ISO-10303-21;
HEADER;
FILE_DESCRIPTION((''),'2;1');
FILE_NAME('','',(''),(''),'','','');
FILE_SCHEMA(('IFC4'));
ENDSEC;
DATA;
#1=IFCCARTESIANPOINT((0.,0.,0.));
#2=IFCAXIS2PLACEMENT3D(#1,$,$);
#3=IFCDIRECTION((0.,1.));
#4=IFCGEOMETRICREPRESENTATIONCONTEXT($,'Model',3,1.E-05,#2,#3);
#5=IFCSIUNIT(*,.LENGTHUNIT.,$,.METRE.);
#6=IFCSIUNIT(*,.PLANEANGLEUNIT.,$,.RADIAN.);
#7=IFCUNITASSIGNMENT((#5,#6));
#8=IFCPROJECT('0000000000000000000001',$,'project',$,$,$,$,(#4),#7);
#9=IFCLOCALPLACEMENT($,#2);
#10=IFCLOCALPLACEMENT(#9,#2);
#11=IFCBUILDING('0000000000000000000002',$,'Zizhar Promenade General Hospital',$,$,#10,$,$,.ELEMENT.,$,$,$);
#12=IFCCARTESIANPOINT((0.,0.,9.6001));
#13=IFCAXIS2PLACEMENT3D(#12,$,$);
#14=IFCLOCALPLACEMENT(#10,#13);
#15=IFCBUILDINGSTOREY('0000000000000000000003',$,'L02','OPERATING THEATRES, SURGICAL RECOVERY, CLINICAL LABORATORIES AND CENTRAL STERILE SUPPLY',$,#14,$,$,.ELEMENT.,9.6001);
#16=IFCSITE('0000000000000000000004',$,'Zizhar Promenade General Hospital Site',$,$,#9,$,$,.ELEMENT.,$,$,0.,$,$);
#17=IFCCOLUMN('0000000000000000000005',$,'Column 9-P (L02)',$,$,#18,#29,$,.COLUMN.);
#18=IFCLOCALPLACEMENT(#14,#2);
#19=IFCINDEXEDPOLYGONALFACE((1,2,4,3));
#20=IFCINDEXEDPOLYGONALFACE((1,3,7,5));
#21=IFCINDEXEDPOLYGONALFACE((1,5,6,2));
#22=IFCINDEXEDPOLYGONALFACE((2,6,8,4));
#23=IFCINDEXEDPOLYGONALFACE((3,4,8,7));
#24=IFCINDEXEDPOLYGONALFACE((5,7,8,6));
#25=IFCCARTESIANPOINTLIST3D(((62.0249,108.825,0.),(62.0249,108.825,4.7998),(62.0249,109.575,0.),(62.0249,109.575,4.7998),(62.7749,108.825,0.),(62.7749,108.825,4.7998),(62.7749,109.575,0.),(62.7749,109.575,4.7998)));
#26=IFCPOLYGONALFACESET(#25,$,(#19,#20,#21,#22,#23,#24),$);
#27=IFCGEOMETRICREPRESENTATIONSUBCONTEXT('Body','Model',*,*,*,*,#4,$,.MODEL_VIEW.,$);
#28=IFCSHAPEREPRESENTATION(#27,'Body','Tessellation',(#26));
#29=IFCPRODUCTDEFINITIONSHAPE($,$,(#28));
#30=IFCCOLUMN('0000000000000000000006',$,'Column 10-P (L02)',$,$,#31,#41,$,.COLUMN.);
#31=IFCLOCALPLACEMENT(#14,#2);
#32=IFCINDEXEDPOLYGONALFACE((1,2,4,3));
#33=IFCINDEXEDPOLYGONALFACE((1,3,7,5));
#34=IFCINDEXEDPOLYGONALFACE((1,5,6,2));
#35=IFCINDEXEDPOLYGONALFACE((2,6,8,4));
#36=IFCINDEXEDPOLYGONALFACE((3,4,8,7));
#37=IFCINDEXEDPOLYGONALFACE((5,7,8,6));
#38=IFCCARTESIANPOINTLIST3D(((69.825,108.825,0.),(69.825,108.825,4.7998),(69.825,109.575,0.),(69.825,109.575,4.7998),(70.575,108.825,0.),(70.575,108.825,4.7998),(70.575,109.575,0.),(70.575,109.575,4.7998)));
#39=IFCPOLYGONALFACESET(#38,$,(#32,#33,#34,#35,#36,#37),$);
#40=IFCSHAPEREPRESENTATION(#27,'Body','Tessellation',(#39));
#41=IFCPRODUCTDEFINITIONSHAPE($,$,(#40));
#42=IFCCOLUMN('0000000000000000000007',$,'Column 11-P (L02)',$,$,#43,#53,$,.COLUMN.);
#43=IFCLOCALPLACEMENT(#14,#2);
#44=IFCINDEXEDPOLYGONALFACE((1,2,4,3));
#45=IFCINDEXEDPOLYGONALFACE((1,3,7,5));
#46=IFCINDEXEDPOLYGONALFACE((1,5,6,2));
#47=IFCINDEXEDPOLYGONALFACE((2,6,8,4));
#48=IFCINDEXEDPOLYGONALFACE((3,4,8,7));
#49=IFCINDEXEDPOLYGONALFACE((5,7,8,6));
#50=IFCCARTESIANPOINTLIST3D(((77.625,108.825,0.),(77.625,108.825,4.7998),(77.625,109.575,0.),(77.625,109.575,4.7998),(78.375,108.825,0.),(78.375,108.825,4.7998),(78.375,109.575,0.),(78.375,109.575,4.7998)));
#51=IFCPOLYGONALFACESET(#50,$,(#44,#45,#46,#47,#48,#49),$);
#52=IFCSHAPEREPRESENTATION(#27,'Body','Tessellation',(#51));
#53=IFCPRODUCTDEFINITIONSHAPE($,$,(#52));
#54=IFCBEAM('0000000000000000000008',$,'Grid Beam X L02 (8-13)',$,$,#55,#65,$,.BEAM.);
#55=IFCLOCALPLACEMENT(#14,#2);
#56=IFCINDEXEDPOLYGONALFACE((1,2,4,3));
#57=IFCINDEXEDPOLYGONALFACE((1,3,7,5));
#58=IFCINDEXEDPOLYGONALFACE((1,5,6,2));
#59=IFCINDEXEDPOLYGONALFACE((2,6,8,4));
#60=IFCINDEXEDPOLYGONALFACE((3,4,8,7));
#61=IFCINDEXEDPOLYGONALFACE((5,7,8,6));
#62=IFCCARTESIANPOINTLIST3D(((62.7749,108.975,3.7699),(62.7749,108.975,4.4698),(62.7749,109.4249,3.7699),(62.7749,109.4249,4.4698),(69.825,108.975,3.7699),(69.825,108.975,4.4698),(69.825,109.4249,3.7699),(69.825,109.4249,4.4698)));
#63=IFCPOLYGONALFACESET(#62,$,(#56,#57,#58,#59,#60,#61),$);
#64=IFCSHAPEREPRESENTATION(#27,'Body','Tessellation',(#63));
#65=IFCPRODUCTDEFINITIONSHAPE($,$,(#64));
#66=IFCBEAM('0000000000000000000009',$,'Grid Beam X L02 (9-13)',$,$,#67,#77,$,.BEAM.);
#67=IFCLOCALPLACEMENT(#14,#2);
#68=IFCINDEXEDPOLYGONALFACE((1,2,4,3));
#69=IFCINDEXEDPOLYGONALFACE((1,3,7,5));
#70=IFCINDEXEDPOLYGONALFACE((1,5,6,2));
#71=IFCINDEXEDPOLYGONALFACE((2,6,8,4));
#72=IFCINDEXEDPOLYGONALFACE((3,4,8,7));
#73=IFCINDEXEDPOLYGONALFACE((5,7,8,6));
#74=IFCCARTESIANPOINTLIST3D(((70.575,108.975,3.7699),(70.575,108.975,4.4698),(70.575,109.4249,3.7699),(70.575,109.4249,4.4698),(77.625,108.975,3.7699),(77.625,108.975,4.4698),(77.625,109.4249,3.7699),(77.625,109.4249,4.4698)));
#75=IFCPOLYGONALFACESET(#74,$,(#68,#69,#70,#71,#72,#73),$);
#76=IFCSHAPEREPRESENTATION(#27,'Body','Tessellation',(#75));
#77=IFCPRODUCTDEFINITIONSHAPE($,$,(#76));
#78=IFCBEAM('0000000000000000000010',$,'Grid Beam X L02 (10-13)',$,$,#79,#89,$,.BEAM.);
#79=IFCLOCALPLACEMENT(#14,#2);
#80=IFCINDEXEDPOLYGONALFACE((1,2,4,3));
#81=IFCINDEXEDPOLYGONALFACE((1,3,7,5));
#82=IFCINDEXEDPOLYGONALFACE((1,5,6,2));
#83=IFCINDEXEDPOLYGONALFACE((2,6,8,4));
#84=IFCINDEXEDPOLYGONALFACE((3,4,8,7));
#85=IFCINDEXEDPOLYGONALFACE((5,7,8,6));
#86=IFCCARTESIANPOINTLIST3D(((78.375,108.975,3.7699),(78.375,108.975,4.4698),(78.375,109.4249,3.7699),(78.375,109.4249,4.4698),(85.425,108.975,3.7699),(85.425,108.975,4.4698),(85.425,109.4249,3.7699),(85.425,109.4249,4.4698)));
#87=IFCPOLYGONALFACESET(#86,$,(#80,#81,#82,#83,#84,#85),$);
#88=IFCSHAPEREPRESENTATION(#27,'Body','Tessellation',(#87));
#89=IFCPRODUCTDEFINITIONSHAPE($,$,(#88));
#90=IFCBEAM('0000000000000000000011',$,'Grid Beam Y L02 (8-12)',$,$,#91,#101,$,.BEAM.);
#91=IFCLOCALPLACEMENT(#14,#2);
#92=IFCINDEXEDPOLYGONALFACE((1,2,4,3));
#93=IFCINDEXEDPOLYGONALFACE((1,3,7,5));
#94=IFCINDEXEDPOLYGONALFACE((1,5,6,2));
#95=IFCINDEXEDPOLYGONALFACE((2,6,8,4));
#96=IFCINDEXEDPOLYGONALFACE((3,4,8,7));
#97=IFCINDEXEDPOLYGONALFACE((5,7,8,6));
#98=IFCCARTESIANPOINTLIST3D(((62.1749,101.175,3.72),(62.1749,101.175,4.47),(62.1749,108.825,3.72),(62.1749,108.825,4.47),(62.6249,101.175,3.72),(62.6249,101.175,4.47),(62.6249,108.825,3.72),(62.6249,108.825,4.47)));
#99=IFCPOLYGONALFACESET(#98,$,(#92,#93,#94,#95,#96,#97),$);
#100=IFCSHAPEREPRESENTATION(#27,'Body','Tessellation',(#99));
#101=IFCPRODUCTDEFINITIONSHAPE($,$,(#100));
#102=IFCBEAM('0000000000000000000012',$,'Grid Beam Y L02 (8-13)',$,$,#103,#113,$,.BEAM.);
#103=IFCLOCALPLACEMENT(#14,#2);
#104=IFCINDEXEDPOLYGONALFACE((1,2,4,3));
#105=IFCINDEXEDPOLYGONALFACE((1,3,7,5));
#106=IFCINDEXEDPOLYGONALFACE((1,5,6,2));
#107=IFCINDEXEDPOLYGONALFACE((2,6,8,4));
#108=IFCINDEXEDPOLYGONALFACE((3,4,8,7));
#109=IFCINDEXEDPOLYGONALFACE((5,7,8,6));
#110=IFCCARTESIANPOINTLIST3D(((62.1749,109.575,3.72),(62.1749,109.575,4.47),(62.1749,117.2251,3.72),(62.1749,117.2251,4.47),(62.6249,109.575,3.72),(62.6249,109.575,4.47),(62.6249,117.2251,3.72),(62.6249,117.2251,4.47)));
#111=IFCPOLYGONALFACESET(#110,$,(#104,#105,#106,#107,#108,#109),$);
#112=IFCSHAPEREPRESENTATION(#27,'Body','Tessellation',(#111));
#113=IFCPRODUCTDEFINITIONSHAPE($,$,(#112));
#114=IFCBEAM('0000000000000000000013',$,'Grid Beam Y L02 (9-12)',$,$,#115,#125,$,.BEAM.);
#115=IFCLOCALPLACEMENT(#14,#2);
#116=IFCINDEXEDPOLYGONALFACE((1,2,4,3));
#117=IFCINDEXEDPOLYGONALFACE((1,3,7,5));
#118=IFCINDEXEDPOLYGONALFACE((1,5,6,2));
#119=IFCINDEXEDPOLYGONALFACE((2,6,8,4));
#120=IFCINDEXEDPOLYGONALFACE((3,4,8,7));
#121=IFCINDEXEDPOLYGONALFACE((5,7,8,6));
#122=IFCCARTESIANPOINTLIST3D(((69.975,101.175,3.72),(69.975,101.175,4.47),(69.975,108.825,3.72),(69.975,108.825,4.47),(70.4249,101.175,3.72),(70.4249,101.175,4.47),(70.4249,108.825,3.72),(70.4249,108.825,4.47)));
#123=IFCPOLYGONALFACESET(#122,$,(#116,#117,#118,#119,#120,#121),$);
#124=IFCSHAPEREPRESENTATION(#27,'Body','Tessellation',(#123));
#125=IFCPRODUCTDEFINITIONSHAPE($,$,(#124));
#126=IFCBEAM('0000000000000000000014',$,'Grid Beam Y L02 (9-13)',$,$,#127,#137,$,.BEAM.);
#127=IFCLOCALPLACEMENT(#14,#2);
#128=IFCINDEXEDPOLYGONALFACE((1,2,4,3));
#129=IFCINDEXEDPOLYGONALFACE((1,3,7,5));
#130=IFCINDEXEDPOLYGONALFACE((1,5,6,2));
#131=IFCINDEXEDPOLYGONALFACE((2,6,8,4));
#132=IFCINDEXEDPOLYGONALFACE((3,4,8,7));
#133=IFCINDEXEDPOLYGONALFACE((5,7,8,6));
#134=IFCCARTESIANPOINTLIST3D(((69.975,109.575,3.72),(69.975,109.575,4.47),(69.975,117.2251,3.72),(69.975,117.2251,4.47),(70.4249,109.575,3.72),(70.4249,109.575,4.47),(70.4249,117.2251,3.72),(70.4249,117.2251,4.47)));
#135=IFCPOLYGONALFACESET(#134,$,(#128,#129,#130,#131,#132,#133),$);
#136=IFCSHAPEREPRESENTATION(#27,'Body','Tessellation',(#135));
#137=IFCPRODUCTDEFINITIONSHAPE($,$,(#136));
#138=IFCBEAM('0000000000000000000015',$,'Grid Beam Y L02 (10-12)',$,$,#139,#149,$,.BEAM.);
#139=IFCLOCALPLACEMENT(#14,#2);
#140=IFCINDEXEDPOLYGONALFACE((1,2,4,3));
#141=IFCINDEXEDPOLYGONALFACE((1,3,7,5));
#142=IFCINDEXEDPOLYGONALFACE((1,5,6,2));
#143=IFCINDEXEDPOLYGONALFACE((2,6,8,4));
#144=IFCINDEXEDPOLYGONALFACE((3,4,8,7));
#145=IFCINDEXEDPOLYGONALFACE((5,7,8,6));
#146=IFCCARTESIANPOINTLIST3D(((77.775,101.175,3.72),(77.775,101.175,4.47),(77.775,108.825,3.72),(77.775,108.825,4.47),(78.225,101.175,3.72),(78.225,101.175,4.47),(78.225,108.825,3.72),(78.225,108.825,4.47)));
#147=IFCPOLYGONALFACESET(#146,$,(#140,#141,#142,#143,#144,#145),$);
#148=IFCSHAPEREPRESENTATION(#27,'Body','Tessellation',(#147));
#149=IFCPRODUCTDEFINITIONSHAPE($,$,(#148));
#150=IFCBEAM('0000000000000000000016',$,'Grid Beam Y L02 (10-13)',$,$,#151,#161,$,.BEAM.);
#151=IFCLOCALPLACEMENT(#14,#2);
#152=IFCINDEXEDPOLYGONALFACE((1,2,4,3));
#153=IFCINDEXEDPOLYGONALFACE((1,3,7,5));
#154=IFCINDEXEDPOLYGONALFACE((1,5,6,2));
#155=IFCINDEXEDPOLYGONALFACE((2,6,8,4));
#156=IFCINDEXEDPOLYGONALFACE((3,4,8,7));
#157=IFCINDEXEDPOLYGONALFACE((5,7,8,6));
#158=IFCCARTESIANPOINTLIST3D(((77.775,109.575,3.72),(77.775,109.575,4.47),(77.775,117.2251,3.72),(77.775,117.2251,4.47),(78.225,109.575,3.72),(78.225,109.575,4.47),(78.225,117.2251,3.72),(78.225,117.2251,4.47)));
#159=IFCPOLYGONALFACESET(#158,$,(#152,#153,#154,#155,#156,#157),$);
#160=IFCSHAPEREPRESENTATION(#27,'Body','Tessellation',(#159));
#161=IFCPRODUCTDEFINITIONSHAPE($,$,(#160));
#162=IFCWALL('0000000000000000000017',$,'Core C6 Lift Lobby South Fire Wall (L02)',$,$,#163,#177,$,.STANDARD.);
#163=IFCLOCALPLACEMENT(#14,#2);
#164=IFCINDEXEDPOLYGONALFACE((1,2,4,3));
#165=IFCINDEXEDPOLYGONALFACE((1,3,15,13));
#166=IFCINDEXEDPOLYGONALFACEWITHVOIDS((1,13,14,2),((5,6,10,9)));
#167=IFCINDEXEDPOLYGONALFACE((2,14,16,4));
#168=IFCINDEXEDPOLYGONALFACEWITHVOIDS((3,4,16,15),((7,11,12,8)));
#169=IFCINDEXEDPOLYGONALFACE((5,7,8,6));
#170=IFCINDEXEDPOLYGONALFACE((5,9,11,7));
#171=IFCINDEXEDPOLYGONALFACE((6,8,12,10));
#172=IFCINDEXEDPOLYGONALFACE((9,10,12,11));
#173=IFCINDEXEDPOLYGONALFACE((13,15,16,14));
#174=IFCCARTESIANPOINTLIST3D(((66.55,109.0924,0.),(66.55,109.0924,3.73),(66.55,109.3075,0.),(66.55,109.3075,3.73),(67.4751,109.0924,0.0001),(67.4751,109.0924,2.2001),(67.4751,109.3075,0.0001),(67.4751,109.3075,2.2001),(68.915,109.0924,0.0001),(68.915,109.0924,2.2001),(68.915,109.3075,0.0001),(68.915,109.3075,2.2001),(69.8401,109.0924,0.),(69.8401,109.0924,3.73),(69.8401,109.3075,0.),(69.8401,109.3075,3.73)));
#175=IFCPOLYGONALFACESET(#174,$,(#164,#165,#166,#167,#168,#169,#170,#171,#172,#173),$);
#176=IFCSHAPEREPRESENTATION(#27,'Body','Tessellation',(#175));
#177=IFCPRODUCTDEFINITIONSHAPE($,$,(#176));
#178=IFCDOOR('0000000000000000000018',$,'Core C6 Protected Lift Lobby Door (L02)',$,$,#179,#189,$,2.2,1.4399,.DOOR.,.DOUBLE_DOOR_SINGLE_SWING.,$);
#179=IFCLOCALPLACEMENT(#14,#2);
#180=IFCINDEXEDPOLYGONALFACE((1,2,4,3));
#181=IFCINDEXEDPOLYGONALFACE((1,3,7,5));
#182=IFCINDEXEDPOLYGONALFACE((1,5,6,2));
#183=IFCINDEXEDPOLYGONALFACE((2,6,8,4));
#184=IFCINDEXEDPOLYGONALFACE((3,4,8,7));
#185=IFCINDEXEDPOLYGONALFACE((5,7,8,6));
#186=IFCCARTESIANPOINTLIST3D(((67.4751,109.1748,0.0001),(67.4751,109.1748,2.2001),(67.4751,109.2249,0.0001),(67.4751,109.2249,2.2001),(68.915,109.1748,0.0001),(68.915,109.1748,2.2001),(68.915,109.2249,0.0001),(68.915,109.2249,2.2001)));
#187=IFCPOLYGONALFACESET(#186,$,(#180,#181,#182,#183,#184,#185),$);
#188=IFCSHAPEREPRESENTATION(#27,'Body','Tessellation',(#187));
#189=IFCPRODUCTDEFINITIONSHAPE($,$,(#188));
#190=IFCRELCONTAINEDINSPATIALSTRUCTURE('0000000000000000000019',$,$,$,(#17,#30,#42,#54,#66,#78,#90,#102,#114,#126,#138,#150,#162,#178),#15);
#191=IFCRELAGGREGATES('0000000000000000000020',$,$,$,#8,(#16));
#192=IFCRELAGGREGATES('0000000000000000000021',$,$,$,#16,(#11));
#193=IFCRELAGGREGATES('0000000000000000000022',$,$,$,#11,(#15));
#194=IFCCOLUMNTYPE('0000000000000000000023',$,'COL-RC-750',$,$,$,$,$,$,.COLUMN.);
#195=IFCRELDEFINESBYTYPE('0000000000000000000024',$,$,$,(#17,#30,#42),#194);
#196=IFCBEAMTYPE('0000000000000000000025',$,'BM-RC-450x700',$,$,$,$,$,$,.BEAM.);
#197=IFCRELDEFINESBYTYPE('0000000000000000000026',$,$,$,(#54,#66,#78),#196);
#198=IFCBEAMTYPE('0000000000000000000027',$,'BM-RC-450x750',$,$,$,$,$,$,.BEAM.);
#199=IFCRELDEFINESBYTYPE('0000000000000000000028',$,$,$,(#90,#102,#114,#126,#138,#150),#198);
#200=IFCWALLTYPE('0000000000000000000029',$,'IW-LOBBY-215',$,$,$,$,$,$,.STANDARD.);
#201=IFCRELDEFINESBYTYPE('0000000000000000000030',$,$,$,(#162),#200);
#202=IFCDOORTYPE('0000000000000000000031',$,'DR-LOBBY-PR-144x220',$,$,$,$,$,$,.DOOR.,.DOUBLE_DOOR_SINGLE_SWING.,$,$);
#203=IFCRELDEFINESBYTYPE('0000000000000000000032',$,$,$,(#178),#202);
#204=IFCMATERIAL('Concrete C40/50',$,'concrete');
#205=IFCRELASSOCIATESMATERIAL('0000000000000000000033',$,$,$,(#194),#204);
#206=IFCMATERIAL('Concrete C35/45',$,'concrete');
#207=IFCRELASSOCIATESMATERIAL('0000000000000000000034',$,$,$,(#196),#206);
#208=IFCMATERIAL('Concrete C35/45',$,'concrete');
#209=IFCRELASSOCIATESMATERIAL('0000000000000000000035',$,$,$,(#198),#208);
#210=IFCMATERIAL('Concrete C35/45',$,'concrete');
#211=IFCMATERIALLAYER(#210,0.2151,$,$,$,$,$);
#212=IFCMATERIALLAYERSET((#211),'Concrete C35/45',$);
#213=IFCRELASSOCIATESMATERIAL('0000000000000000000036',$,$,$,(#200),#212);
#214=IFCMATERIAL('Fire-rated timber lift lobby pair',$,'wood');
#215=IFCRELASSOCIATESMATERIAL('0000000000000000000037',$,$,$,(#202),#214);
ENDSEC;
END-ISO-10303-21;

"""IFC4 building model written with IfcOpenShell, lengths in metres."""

from ifc_helpers import new_model, si_unit, direction, frame, frame_2d, origin, origin_2d, place, context, subcontext, project, spatial, rectangle, extrude, material, layer, layer_set, material_profile, profile_set, type_object, element, fill, save


model = new_model("IFC4")

# Units and contexts
model_context = context("Model", 3, precision=1e-05, world=origin(), true_north=direction((0.0, 1.0)))
body_context = subcontext(model_context, "Body", "Model", "MODEL_VIEW")
ifc_project = project(units=[si_unit("LENGTHUNIT", "METRE"), si_unit("PLANEANGLEUNIT", "RADIAN")], contexts=[model_context])

# Site, building, storey
site_placement = place(None, origin())
site = spatial("IfcSite", under=ifc_project, at=site_placement, Name="Zizhar Promenade General Hospital Site", CompositionType="ELEMENT", RefElevation=0.0)
building_placement = place(site_placement, origin())
building = spatial("IfcBuilding", under=site, at=building_placement, Name="Zizhar Promenade General Hospital", CompositionType="ELEMENT")
storey_placement = place(building_placement, frame((0.0, 0.0, 9.6001)))
storey = spatial("IfcBuildingStorey", under=building, at=storey_placement, Name="L02", Description="OPERATING THEATRES, SURGICAL RECOVERY, CLINICAL LABORATORIES AND CENTRAL STERILE SUPPLY", CompositionType="ELEMENT", Elevation=9.6001)

# Columns
ifc_material_1 = material(Name="Concrete C40/50", Category="concrete")
ifc_material_profile_1 = material_profile(ifc_material_1, rectangle(XDim=0.75, YDim=0.75, at=origin_2d()))
ifc_profile_set_1 = profile_set([ifc_material_profile_1], Name="Concrete C40/50")
column_type = type_object("IfcColumnType", Name="COL-RC-750", PredefinedType="COLUMN", material=ifc_profile_set_1)
for number, where, z_axis, x_axis, name in (
    (1, (62.3999, 109.2, 0.0), (0.0, 0.0, 1.0), (1.0, 0.0, 0.0), "Column 9-P (L02)"),
    (2, (70.2, 109.2, 0.0), (0.0, 0.0, 1.0), (1.0, 0.0, 0.0), "Column 10-P (L02)"),
    (3, (78.0, 109.2, 0.0), (0.0, 0.0, 1.0), (1.0, 0.0, 0.0), "Column 11-P (L02)"),
):
    element("IfcColumn", number, at=place(storey_placement, frame(where, z_axis=z_axis, x_axis=x_axis)), inside=storey, type_object=column_type, Name=name, PredefinedType="COLUMN", context=body_context, shape_type="SweptSolid", body=[
        extrude(rectangle(XDim=0.75, YDim=0.75, at=origin_2d()), origin(), (0.0, 0.0, 1.0), 4.7998),
    ])

# Beams
ifc_material_2 = material(Name="Concrete C35/45", Category="concrete")
ifc_material_profile_2 = material_profile(ifc_material_2, rectangle(XDim=0.45, YDim=0.7, at=origin_2d()))
ifc_profile_set_2 = profile_set([ifc_material_profile_2], Name="Concrete C35/45")
beam_type_1 = type_object("IfcBeamType", Name="BM-RC-450x700", PredefinedType="BEAM", material=ifc_profile_set_2)
for number, where, z_axis, x_axis, name in (
    (4, (62.7749, 109.2, 4.1199), (1.0, 0.0, 0.0), (0.0, 1.0, 0.0), "Grid Beam X L02 (8-13)"),
    (5, (70.575, 109.2, 4.1199), (1.0, 0.0, 0.0), (0.0, 1.0, 0.0), "Grid Beam X L02 (9-13)"),
    (6, (78.375, 109.2, 4.1199), (1.0, 0.0, 0.0), (0.0, 1.0, 0.0), "Grid Beam X L02 (10-13)"),
):
    element("IfcBeam", number, at=place(storey_placement, frame(where, z_axis=z_axis, x_axis=x_axis)), inside=storey, type_object=beam_type_1, Name=name, PredefinedType="BEAM", context=body_context, shape_type="SweptSolid", body=[
        extrude(rectangle(XDim=0.45, YDim=0.7, at=origin_2d()), origin(), (0.0, 0.0, 1.0), 7.05),
    ])
ifc_material_3 = material(Name="Concrete C35/45", Category="concrete")
ifc_material_profile_3 = material_profile(ifc_material_3, rectangle(XDim=0.45, YDim=0.75, at=origin_2d()))
ifc_profile_set_3 = profile_set([ifc_material_profile_3], Name="Concrete C35/45")
beam_type_2 = type_object("IfcBeamType", Name="BM-RC-450x750", PredefinedType="BEAM", material=ifc_profile_set_3)
beam_1_placement = place(storey_placement, frame((62.3999, 101.175, 4.095), z_axis=(0.0, 1.0, 0.0), x_axis=(-1.0, 0.0, 0.0)))
element("IfcBeam", 7, at=beam_1_placement, inside=storey, type_object=beam_type_2, Name="Grid Beam Y L02 (8-12)", PredefinedType="BEAM", context=body_context, shape_type="SweptSolid", body=[
    extrude(rectangle(XDim=0.45, YDim=0.75, at=origin_2d()), origin(), (0.0, 0.0, 1.0), 7.6499),
])
beam_2_placement = place(storey_placement, frame((62.3999, 109.575, 4.095), z_axis=(0.0, 1.0, 0.0), x_axis=(-1.0, 0.0, 0.0)))
element("IfcBeam", 8, at=beam_2_placement, inside=storey, type_object=beam_type_2, Name="Grid Beam Y L02 (8-13)", PredefinedType="BEAM", context=body_context, shape_type="SweptSolid", body=[
    extrude(rectangle(XDim=0.45, YDim=0.75, at=origin_2d()), origin(), (0.0, 0.0, 1.0), 7.6501),
])
beam_3_placement = place(storey_placement, frame((70.2, 101.175, 4.095), z_axis=(0.0, 1.0, 0.0), x_axis=(-1.0, 0.0, 0.0)))
element("IfcBeam", 9, at=beam_3_placement, inside=storey, type_object=beam_type_2, Name="Grid Beam Y L02 (9-12)", PredefinedType="BEAM", context=body_context, shape_type="SweptSolid", body=[
    extrude(rectangle(XDim=0.45, YDim=0.75, at=origin_2d()), origin(), (0.0, 0.0, 1.0), 7.6499),
])
beam_4_placement = place(storey_placement, frame((70.2, 109.575, 4.095), z_axis=(0.0, 1.0, 0.0), x_axis=(-1.0, 0.0, 0.0)))
element("IfcBeam", 10, at=beam_4_placement, inside=storey, type_object=beam_type_2, Name="Grid Beam Y L02 (9-13)", PredefinedType="BEAM", context=body_context, shape_type="SweptSolid", body=[
    extrude(rectangle(XDim=0.45, YDim=0.75, at=origin_2d()), origin(), (0.0, 0.0, 1.0), 7.6501),
])
beam_5_placement = place(storey_placement, frame((78.0, 101.175, 4.095), z_axis=(0.0, 1.0, 0.0), x_axis=(-1.0, 0.0, 0.0)))
element("IfcBeam", 11, at=beam_5_placement, inside=storey, type_object=beam_type_2, Name="Grid Beam Y L02 (10-12)", PredefinedType="BEAM", context=body_context, shape_type="SweptSolid", body=[
    extrude(rectangle(XDim=0.45, YDim=0.75, at=origin_2d()), origin(), (0.0, 0.0, 1.0), 7.6499),
])
beam_6_placement = place(storey_placement, frame((78.0, 109.575, 4.095), z_axis=(0.0, 1.0, 0.0), x_axis=(-1.0, 0.0, 0.0)))
element("IfcBeam", 12, at=beam_6_placement, inside=storey, type_object=beam_type_2, Name="Grid Beam Y L02 (10-13)", PredefinedType="BEAM", context=body_context, shape_type="SweptSolid", body=[
    extrude(rectangle(XDim=0.45, YDim=0.75, at=origin_2d()), origin(), (0.0, 0.0, 1.0), 7.6501),
])

# Wall, opening, door
ifc_material_4 = material(Name="Concrete C35/45", Category="concrete")
ifc_layer_1 = layer(ifc_material_4, 0.2151)
ifc_layer_set_1 = layer_set([ifc_layer_1], Name="Concrete C35/45")
wall_type_1 = type_object("IfcWallType", Name="IW-LOBBY-215", PredefinedType="STANDARD", material=ifc_layer_set_1)
wall_1_placement = place(storey_placement, frame((66.55, 109.2, 0.0), z_axis=(0.0, 0.0, 1.0), x_axis=(1.0, 0.0, 0.0)))
wall_1 = element("IfcWall", 13, at=wall_1_placement, inside=storey, type_object=wall_type_1, Name="Core C6 Lift Lobby South Fire Wall (L02)", PredefinedType="STANDARD", context=body_context, shape_type="SweptSolid", body=[
    extrude(rectangle(XDim=3.29, YDim=0.2151, at=frame_2d((1.645, 0.0))), origin(), (0.0, 0.0, 1.0), 3.73),
])
opening_1_placement = place(wall_1_placement, frame((0.925, 0.0, 0.0)))
opening_1 = element("IfcOpeningElement", 14, at=opening_1_placement, cuts=wall_1, PredefinedType="OPENING", context=body_context, shape_type="SweptSolid", body=[
    extrude(rectangle(XDim=1.4399, YDim=2.2, at=frame_2d((0.72, 1.1001))), frame((0.0, 0.1177, 0.0), z_axis=(0.0, -1.0, 0.0), x_axis=(1.0, 0.0, 0.0)), (0.0, 0.0, 1.0), 0.2351),
])
ifc_material_5 = material(Name="Fire-rated timber lift lobby pair", Category="wood")
door_type_1 = type_object("IfcDoorType", Name="DR-LOBBY-PR-144x220", OperationType="DOUBLE_DOOR_SINGLE_SWING", PredefinedType="DOOR", material=ifc_material_5)
door_1_placement = place(opening_1_placement, origin())
door_1 = element("IfcDoor", 15, at=door_1_placement, inside=storey, type_object=door_type_1, Name="Core C6 Protected Lift Lobby Door (L02)", OperationType="DOUBLE_DOOR_SINGLE_SWING", OverallHeight=2.2, OverallWidth=1.4399, PredefinedType="DOOR", context=body_context, shape_type="SweptSolid", body=[
    extrude(rectangle(XDim=1.4399, YDim=2.2, at=frame_2d((0.72, 1.1001))), frame((0.0, 0.0249, 0.0), z_axis=(0.0, -1.0, 0.0), x_axis=(1.0, 0.0, 0.0)), (0.0, 0.0, 1.0), 0.05),
])
fill(opening_1, door_1)

save(model, "model.ifc")
